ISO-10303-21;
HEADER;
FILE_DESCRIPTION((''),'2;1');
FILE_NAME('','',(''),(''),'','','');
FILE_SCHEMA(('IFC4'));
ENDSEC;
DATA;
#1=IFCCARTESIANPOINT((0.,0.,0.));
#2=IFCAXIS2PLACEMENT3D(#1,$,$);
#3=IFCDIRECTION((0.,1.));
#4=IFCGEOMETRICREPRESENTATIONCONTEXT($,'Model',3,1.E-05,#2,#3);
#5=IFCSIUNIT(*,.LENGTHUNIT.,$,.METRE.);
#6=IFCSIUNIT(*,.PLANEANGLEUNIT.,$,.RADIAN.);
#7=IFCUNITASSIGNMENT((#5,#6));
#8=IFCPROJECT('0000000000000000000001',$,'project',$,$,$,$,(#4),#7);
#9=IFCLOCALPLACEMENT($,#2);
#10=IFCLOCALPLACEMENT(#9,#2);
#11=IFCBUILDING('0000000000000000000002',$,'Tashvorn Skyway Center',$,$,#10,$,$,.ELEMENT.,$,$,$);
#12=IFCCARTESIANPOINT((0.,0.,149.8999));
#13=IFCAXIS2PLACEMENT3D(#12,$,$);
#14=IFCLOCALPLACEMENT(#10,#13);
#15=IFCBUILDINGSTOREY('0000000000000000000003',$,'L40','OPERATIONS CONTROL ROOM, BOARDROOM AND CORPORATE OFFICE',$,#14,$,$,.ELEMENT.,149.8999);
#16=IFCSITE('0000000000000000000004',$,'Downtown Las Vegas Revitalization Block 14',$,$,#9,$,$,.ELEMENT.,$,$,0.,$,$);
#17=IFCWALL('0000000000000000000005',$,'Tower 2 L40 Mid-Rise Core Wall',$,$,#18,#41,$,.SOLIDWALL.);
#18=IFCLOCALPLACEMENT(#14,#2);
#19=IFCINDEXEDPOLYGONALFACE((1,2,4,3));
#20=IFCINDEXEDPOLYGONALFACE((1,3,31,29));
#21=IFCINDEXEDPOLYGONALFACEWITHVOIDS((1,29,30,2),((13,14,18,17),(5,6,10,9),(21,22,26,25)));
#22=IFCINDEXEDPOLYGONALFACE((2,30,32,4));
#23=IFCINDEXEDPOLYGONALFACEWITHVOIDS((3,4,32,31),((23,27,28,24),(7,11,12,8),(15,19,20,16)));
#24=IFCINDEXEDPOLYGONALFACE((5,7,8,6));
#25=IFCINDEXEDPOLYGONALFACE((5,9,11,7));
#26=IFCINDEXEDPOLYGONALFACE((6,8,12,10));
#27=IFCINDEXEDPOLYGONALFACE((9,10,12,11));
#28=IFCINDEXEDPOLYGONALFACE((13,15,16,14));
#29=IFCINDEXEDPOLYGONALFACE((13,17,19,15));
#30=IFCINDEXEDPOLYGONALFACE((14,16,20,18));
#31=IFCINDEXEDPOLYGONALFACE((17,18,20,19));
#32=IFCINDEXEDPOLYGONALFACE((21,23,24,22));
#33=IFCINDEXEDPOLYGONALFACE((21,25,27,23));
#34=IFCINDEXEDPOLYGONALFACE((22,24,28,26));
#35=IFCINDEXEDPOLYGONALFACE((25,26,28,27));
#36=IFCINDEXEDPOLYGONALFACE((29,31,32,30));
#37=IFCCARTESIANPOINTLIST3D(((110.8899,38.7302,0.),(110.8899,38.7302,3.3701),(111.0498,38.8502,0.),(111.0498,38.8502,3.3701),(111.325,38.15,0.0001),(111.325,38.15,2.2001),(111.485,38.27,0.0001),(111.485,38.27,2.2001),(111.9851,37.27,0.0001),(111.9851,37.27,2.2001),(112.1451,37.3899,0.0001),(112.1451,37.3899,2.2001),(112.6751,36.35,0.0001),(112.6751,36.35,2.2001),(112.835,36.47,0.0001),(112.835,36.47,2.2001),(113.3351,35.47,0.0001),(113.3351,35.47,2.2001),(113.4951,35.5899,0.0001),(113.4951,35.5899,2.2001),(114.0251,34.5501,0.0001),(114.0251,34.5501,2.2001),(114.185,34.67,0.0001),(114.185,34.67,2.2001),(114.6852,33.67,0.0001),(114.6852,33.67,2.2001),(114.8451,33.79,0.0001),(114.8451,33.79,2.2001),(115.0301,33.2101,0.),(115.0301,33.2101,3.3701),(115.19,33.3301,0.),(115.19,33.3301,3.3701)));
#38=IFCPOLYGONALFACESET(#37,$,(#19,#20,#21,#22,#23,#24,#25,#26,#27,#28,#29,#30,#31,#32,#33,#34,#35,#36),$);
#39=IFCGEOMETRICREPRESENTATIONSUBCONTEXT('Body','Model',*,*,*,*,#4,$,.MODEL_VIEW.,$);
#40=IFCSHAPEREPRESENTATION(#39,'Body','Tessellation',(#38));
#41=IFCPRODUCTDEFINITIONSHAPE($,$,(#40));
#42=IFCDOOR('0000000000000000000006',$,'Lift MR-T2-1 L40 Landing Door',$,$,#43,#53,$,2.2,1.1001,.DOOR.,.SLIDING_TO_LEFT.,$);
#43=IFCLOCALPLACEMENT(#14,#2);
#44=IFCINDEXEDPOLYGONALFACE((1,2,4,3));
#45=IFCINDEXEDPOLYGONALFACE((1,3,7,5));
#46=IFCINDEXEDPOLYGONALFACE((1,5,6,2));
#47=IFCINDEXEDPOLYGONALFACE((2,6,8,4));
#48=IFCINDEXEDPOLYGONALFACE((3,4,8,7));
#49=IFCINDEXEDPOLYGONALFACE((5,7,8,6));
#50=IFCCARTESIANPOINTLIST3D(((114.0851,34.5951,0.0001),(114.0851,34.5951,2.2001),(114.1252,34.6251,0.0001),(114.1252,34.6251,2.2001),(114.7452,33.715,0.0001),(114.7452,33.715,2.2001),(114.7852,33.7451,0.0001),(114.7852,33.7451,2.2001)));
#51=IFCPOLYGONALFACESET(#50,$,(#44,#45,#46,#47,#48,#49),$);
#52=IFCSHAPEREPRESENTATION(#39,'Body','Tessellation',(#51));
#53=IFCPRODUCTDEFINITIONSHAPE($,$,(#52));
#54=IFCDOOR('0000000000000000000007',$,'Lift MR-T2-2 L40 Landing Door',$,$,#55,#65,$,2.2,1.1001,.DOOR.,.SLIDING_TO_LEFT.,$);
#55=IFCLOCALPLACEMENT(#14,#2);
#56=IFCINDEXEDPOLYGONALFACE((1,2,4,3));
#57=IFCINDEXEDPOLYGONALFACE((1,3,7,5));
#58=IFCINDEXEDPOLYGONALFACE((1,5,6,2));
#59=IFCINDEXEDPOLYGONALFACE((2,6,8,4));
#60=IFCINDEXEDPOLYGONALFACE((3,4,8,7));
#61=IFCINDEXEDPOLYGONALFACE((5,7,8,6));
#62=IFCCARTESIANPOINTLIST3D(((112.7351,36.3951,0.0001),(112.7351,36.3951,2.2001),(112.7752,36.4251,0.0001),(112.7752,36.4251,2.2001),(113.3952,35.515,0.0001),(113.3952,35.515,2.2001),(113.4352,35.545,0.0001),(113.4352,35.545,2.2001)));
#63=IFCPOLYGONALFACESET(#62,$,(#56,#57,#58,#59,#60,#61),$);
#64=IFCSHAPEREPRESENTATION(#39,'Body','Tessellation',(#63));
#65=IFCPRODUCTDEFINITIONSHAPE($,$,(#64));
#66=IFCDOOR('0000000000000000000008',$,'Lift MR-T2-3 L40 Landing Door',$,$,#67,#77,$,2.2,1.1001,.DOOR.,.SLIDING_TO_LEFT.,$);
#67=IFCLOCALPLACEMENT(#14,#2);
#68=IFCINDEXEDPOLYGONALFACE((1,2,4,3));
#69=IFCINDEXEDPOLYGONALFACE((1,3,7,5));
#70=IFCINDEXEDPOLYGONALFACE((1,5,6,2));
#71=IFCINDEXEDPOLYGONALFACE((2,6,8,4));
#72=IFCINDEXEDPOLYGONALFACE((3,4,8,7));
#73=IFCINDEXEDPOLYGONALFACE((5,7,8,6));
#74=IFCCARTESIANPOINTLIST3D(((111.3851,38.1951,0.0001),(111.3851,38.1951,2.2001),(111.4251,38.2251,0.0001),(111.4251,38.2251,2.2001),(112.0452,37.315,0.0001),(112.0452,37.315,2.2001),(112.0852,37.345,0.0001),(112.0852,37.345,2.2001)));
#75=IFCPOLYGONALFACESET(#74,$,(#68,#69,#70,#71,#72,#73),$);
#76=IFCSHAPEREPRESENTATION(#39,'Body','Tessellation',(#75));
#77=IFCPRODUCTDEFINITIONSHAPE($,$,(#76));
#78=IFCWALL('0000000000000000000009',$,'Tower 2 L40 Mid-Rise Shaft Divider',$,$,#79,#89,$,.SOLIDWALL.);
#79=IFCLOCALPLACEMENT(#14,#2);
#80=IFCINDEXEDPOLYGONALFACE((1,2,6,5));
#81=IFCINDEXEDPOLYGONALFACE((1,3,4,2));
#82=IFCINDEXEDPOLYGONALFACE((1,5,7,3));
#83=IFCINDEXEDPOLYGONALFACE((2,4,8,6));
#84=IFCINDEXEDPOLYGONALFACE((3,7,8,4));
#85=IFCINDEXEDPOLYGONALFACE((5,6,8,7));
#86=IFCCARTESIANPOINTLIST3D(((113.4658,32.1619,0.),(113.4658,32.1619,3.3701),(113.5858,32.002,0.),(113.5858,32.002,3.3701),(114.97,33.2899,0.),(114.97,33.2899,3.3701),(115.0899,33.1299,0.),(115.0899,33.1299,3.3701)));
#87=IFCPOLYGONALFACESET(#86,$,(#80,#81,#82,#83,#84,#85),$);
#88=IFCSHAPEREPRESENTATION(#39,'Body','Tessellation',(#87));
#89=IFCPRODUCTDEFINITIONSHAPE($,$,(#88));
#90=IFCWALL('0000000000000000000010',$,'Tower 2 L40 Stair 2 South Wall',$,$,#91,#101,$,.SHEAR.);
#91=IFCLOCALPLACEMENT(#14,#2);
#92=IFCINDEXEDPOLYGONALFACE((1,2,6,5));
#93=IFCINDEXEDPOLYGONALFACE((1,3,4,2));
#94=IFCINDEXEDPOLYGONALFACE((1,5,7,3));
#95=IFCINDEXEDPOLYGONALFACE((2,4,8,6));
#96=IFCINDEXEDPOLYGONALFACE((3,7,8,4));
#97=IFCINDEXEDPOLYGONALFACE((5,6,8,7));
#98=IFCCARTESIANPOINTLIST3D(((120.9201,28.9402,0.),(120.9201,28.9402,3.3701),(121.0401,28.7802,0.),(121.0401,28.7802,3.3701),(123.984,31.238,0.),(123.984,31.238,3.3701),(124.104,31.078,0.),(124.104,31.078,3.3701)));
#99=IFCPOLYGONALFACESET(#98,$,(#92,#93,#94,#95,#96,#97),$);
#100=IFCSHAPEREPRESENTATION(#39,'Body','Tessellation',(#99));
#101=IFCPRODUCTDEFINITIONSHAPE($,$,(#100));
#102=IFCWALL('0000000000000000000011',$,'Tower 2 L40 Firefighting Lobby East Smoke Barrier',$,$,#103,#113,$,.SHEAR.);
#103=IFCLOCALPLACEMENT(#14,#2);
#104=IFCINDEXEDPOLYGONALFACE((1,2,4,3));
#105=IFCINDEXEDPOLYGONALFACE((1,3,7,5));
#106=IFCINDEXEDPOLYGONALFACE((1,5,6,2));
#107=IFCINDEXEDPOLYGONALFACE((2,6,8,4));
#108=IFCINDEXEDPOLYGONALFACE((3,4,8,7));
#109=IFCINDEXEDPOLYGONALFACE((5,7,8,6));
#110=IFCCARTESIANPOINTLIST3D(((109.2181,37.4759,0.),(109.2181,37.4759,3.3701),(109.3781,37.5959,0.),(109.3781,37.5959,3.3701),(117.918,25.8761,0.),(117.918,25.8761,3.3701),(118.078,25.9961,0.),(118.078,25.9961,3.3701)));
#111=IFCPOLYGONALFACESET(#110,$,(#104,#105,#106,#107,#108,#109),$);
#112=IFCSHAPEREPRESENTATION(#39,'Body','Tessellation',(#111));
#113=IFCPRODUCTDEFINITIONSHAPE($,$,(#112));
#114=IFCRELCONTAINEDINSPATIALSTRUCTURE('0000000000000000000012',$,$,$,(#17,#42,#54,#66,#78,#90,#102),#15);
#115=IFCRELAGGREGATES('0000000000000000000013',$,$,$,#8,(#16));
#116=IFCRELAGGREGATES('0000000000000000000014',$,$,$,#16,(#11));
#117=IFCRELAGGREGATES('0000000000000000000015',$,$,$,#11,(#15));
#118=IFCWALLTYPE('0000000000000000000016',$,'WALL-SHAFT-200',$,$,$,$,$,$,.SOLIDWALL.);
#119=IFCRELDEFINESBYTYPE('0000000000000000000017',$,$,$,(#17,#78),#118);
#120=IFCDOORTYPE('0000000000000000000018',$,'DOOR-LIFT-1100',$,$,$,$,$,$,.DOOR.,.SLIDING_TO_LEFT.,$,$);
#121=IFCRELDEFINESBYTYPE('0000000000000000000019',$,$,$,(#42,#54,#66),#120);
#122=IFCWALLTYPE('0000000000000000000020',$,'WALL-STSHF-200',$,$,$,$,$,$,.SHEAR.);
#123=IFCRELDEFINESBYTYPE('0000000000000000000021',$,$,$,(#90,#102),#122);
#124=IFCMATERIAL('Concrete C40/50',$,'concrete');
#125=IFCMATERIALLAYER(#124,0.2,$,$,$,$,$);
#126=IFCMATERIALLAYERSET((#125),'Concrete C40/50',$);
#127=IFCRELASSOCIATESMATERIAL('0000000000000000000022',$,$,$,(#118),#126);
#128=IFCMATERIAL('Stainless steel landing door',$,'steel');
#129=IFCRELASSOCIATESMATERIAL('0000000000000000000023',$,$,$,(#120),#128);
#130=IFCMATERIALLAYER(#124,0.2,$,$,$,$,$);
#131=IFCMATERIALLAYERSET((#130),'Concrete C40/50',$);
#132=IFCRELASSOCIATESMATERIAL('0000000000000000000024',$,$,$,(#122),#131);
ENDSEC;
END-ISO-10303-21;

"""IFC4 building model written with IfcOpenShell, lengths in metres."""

from ifc_helpers import new_model, si_unit, direction, frame, frame_2d, origin, place, context, subcontext, project, spatial, rectangle, extrude, material, layer, layer_set, type_object, element, fill, save


model = new_model("IFC4")

# Units and contexts
model_context = context("Model", 3, precision=1e-05, world=origin(), true_north=direction((0.0, 1.0)))
body_context = subcontext(model_context, "Body", "Model", "MODEL_VIEW")
ifc_project = project(units=[si_unit("LENGTHUNIT", "METRE"), si_unit("PLANEANGLEUNIT", "RADIAN")], contexts=[model_context])

# Site, building, storey
site_placement = place(None, origin())
site = spatial("IfcSite", under=ifc_project, at=site_placement, Name="Downtown Las Vegas Revitalization Block 14", CompositionType="ELEMENT", RefElevation=0.0)
building_placement = place(site_placement, origin())
building = spatial("IfcBuilding", under=site, at=building_placement, Name="Tashvorn Skyway Center", CompositionType="ELEMENT")
storey_placement = place(building_placement, frame((0.0, 0.0, 149.8999)))
storey = spatial("IfcBuildingStorey", under=building, at=storey_placement, Name="L40", Description="OPERATIONS CONTROL ROOM, BOARDROOM AND CORPORATE OFFICE", CompositionType="ELEMENT", Elevation=149.8999)

# Shared definitions
ifc_material_1 = material(Name="Concrete C40/50", Category="concrete")

# Wall, openings, doors
ifc_layer_1 = layer(ifc_material_1, 0.2)
ifc_layer_set_1 = layer_set([ifc_layer_1], Name="Concrete C40/50")
wall_type_1 = type_object("IfcWallType", Name="WALL-SHAFT-200", PredefinedType="SOLIDWALL", material=ifc_layer_set_1)
wall_1_placement = place(storey_placement, frame((115.1101, 33.27, 0.0), z_axis=(0.0, 0.0, 1.0), x_axis=(-0.600011, 0.799992, 0.0)))
wall_1 = element("IfcWall", 1, at=wall_1_placement, inside=storey, type_object=wall_type_1, Name="Tower 2 L40 Mid-Rise Core Wall", PredefinedType="SOLIDWALL", context=body_context, shape_type="SweptSolid", body=[
    extrude(rectangle(XDim=6.9001, YDim=0.2, at=frame_2d((3.4502, 0.0))), origin(), (0.0, 0.0, 1.0), 3.3701),
])
opening_1_placement = place(wall_1_placement, frame((0.575, 0.0, 0.0)))
opening_1 = element("IfcOpeningElement", 2, at=opening_1_placement, cuts=wall_1, PredefinedType="OPENING", context=body_context, shape_type="SweptSolid", body=[
    extrude(rectangle(XDim=1.1001, YDim=2.2, at=frame_2d((0.55, 1.1001))), frame((0.0, 0.1099, 0.0), z_axis=(0.0, -1.0, 0.0), x_axis=(1.0, 0.0, 0.0)), (0.0, 0.0, 1.0), 0.22),
])
opening_2_placement = place(wall_1_placement, frame((2.825, 0.0, 0.0)))
opening_2 = element("IfcOpeningElement", 3, at=opening_2_placement, cuts=wall_1, PredefinedType="OPENING", context=body_context, shape_type="SweptSolid", body=[
    extrude(rectangle(XDim=1.1001, YDim=2.2, at=frame_2d((0.55, 1.1001))), frame((0.0, 0.1099, 0.0), z_axis=(0.0, -1.0, 0.0), x_axis=(1.0, 0.0, 0.0)), (0.0, 0.0, 1.0), 0.22),
])
opening_3_placement = place(wall_1_placement, frame((5.075, 0.0, 0.0)))
opening_3 = element("IfcOpeningElement", 4, at=opening_3_placement, cuts=wall_1, PredefinedType="OPENING", context=body_context, shape_type="SweptSolid", body=[
    extrude(rectangle(XDim=1.1001, YDim=2.2, at=frame_2d((0.55, 1.1001))), frame((0.0, 0.1099, 0.0), z_axis=(0.0, -1.0, 0.0), x_axis=(1.0, 0.0, 0.0)), (0.0, 0.0, 1.0), 0.22),
])
ifc_material_2 = material(Name="Stainless steel landing door", Category="steel")
door_type_1 = type_object("IfcDoorType", Name="DOOR-LIFT-1100", OperationType="SLIDING_TO_LEFT", PredefinedType="DOOR", material=ifc_material_2)
door_1_placement = place(opening_1_placement, origin())
door_1 = element("IfcDoor", 5, at=door_1_placement, inside=storey, type_object=door_type_1, Name="Lift MR-T2-1 L40 Landing Door", OperationType="SLIDING_TO_LEFT", OverallHeight=2.2, OverallWidth=1.1001, PredefinedType="DOOR", context=body_context, shape_type="SweptSolid", body=[
    extrude(rectangle(XDim=1.1001, YDim=2.2, at=frame_2d((0.55, 1.1001))), frame((0.0, 0.0249, 0.0), z_axis=(0.0, -1.0, 0.0), x_axis=(1.0, 0.0, 0.0)), (0.0, 0.0, 1.0), 0.05),
])
fill(opening_1, door_1)
door_2_placement = place(opening_2_placement, origin())
door_2 = element("IfcDoor", 6, at=door_2_placement, inside=storey, type_object=door_type_1, Name="Lift MR-T2-2 L40 Landing Door", OperationType="SLIDING_TO_LEFT", OverallHeight=2.2, OverallWidth=1.1001, PredefinedType="DOOR", context=body_context, shape_type="SweptSolid", body=[
    extrude(rectangle(XDim=1.1001, YDim=2.2, at=frame_2d((0.55, 1.1001))), frame((0.0, 0.0249, 0.0), z_axis=(0.0, -1.0, 0.0), x_axis=(1.0, 0.0, 0.0)), (0.0, 0.0, 1.0), 0.05),
])
fill(opening_2, door_2)
door_3_placement = place(opening_3_placement, origin())
door_3 = element("IfcDoor", 7, at=door_3_placement, inside=storey, type_object=door_type_1, Name="Lift MR-T2-3 L40 Landing Door", OperationType="SLIDING_TO_LEFT", OverallHeight=2.2, OverallWidth=1.1001, PredefinedType="DOOR", context=body_context, shape_type="SweptSolid", body=[
    extrude(rectangle(XDim=1.1001, YDim=2.2, at=frame_2d((0.55, 1.1001))), frame((0.0, 0.0249, 0.0), z_axis=(0.0, -1.0, 0.0), x_axis=(1.0, 0.0, 0.0)), (0.0, 0.0, 1.0), 0.05),
])
fill(opening_3, door_3)

# Walls
wall_2_placement = place(storey_placement, frame((113.5259, 32.082, 0.0), z_axis=(0.0, 0.0, 1.0), x_axis=(0.800047, 0.599938, 0.0)))
element("IfcWall", 8, at=wall_2_placement, inside=storey, type_object=wall_type_1, Name="Tower 2 L40 Mid-Rise Shaft Divider", PredefinedType="SOLIDWALL", context=body_context, shape_type="SweptSolid", body=[
    extrude(rectangle(XDim=1.8801, YDim=0.2, at=frame_2d((0.9399, 0.0))), origin(), (0.0, 0.0, 1.0), 3.3701),
])
ifc_layer_2 = layer(ifc_material_1, 0.2)
ifc_layer_set_2 = layer_set([ifc_layer_2], Name="Concrete C40/50")
wall_type_2 = type_object("IfcWallType", Name="WALL-STSHF-200", PredefinedType="SHEAR", material=ifc_layer_set_2)
wall_3_placement = place(storey_placement, frame((120.98, 28.8601, 0.0), z_axis=(0.0, 0.0, 1.0), x_axis=(0.800015, 0.59998, 0.0)))
element("IfcWall", 9, at=wall_3_placement, inside=storey, type_object=wall_type_2, Name="Tower 2 L40 Stair 2 South Wall", PredefinedType="SHEAR", context=body_context, shape_type="SweptSolid", body=[
    extrude(rectangle(XDim=3.8298, YDim=0.2, at=frame_2d((1.915, 0.0))), origin(), (0.0, 0.0, 1.0), 3.3701),
])
wall_4_placement = place(storey_placement, frame((117.998, 25.936, 0.0), z_axis=(0.0, 0.0, 1.0), x_axis=(-0.600003, 0.799998, 0.0)))
element("IfcWall", 10, at=wall_4_placement, inside=storey, type_object=wall_type_2, Name="Tower 2 L40 Firefighting Lobby East Smoke Barrier", PredefinedType="SHEAR", context=body_context, shape_type="SweptSolid", body=[
    extrude(rectangle(XDim=14.4998, YDim=0.2, at=frame_2d((7.25, 0.0))), origin(), (0.0, 0.0, 1.0), 3.3701),
])

save(model, "model.ifc")
